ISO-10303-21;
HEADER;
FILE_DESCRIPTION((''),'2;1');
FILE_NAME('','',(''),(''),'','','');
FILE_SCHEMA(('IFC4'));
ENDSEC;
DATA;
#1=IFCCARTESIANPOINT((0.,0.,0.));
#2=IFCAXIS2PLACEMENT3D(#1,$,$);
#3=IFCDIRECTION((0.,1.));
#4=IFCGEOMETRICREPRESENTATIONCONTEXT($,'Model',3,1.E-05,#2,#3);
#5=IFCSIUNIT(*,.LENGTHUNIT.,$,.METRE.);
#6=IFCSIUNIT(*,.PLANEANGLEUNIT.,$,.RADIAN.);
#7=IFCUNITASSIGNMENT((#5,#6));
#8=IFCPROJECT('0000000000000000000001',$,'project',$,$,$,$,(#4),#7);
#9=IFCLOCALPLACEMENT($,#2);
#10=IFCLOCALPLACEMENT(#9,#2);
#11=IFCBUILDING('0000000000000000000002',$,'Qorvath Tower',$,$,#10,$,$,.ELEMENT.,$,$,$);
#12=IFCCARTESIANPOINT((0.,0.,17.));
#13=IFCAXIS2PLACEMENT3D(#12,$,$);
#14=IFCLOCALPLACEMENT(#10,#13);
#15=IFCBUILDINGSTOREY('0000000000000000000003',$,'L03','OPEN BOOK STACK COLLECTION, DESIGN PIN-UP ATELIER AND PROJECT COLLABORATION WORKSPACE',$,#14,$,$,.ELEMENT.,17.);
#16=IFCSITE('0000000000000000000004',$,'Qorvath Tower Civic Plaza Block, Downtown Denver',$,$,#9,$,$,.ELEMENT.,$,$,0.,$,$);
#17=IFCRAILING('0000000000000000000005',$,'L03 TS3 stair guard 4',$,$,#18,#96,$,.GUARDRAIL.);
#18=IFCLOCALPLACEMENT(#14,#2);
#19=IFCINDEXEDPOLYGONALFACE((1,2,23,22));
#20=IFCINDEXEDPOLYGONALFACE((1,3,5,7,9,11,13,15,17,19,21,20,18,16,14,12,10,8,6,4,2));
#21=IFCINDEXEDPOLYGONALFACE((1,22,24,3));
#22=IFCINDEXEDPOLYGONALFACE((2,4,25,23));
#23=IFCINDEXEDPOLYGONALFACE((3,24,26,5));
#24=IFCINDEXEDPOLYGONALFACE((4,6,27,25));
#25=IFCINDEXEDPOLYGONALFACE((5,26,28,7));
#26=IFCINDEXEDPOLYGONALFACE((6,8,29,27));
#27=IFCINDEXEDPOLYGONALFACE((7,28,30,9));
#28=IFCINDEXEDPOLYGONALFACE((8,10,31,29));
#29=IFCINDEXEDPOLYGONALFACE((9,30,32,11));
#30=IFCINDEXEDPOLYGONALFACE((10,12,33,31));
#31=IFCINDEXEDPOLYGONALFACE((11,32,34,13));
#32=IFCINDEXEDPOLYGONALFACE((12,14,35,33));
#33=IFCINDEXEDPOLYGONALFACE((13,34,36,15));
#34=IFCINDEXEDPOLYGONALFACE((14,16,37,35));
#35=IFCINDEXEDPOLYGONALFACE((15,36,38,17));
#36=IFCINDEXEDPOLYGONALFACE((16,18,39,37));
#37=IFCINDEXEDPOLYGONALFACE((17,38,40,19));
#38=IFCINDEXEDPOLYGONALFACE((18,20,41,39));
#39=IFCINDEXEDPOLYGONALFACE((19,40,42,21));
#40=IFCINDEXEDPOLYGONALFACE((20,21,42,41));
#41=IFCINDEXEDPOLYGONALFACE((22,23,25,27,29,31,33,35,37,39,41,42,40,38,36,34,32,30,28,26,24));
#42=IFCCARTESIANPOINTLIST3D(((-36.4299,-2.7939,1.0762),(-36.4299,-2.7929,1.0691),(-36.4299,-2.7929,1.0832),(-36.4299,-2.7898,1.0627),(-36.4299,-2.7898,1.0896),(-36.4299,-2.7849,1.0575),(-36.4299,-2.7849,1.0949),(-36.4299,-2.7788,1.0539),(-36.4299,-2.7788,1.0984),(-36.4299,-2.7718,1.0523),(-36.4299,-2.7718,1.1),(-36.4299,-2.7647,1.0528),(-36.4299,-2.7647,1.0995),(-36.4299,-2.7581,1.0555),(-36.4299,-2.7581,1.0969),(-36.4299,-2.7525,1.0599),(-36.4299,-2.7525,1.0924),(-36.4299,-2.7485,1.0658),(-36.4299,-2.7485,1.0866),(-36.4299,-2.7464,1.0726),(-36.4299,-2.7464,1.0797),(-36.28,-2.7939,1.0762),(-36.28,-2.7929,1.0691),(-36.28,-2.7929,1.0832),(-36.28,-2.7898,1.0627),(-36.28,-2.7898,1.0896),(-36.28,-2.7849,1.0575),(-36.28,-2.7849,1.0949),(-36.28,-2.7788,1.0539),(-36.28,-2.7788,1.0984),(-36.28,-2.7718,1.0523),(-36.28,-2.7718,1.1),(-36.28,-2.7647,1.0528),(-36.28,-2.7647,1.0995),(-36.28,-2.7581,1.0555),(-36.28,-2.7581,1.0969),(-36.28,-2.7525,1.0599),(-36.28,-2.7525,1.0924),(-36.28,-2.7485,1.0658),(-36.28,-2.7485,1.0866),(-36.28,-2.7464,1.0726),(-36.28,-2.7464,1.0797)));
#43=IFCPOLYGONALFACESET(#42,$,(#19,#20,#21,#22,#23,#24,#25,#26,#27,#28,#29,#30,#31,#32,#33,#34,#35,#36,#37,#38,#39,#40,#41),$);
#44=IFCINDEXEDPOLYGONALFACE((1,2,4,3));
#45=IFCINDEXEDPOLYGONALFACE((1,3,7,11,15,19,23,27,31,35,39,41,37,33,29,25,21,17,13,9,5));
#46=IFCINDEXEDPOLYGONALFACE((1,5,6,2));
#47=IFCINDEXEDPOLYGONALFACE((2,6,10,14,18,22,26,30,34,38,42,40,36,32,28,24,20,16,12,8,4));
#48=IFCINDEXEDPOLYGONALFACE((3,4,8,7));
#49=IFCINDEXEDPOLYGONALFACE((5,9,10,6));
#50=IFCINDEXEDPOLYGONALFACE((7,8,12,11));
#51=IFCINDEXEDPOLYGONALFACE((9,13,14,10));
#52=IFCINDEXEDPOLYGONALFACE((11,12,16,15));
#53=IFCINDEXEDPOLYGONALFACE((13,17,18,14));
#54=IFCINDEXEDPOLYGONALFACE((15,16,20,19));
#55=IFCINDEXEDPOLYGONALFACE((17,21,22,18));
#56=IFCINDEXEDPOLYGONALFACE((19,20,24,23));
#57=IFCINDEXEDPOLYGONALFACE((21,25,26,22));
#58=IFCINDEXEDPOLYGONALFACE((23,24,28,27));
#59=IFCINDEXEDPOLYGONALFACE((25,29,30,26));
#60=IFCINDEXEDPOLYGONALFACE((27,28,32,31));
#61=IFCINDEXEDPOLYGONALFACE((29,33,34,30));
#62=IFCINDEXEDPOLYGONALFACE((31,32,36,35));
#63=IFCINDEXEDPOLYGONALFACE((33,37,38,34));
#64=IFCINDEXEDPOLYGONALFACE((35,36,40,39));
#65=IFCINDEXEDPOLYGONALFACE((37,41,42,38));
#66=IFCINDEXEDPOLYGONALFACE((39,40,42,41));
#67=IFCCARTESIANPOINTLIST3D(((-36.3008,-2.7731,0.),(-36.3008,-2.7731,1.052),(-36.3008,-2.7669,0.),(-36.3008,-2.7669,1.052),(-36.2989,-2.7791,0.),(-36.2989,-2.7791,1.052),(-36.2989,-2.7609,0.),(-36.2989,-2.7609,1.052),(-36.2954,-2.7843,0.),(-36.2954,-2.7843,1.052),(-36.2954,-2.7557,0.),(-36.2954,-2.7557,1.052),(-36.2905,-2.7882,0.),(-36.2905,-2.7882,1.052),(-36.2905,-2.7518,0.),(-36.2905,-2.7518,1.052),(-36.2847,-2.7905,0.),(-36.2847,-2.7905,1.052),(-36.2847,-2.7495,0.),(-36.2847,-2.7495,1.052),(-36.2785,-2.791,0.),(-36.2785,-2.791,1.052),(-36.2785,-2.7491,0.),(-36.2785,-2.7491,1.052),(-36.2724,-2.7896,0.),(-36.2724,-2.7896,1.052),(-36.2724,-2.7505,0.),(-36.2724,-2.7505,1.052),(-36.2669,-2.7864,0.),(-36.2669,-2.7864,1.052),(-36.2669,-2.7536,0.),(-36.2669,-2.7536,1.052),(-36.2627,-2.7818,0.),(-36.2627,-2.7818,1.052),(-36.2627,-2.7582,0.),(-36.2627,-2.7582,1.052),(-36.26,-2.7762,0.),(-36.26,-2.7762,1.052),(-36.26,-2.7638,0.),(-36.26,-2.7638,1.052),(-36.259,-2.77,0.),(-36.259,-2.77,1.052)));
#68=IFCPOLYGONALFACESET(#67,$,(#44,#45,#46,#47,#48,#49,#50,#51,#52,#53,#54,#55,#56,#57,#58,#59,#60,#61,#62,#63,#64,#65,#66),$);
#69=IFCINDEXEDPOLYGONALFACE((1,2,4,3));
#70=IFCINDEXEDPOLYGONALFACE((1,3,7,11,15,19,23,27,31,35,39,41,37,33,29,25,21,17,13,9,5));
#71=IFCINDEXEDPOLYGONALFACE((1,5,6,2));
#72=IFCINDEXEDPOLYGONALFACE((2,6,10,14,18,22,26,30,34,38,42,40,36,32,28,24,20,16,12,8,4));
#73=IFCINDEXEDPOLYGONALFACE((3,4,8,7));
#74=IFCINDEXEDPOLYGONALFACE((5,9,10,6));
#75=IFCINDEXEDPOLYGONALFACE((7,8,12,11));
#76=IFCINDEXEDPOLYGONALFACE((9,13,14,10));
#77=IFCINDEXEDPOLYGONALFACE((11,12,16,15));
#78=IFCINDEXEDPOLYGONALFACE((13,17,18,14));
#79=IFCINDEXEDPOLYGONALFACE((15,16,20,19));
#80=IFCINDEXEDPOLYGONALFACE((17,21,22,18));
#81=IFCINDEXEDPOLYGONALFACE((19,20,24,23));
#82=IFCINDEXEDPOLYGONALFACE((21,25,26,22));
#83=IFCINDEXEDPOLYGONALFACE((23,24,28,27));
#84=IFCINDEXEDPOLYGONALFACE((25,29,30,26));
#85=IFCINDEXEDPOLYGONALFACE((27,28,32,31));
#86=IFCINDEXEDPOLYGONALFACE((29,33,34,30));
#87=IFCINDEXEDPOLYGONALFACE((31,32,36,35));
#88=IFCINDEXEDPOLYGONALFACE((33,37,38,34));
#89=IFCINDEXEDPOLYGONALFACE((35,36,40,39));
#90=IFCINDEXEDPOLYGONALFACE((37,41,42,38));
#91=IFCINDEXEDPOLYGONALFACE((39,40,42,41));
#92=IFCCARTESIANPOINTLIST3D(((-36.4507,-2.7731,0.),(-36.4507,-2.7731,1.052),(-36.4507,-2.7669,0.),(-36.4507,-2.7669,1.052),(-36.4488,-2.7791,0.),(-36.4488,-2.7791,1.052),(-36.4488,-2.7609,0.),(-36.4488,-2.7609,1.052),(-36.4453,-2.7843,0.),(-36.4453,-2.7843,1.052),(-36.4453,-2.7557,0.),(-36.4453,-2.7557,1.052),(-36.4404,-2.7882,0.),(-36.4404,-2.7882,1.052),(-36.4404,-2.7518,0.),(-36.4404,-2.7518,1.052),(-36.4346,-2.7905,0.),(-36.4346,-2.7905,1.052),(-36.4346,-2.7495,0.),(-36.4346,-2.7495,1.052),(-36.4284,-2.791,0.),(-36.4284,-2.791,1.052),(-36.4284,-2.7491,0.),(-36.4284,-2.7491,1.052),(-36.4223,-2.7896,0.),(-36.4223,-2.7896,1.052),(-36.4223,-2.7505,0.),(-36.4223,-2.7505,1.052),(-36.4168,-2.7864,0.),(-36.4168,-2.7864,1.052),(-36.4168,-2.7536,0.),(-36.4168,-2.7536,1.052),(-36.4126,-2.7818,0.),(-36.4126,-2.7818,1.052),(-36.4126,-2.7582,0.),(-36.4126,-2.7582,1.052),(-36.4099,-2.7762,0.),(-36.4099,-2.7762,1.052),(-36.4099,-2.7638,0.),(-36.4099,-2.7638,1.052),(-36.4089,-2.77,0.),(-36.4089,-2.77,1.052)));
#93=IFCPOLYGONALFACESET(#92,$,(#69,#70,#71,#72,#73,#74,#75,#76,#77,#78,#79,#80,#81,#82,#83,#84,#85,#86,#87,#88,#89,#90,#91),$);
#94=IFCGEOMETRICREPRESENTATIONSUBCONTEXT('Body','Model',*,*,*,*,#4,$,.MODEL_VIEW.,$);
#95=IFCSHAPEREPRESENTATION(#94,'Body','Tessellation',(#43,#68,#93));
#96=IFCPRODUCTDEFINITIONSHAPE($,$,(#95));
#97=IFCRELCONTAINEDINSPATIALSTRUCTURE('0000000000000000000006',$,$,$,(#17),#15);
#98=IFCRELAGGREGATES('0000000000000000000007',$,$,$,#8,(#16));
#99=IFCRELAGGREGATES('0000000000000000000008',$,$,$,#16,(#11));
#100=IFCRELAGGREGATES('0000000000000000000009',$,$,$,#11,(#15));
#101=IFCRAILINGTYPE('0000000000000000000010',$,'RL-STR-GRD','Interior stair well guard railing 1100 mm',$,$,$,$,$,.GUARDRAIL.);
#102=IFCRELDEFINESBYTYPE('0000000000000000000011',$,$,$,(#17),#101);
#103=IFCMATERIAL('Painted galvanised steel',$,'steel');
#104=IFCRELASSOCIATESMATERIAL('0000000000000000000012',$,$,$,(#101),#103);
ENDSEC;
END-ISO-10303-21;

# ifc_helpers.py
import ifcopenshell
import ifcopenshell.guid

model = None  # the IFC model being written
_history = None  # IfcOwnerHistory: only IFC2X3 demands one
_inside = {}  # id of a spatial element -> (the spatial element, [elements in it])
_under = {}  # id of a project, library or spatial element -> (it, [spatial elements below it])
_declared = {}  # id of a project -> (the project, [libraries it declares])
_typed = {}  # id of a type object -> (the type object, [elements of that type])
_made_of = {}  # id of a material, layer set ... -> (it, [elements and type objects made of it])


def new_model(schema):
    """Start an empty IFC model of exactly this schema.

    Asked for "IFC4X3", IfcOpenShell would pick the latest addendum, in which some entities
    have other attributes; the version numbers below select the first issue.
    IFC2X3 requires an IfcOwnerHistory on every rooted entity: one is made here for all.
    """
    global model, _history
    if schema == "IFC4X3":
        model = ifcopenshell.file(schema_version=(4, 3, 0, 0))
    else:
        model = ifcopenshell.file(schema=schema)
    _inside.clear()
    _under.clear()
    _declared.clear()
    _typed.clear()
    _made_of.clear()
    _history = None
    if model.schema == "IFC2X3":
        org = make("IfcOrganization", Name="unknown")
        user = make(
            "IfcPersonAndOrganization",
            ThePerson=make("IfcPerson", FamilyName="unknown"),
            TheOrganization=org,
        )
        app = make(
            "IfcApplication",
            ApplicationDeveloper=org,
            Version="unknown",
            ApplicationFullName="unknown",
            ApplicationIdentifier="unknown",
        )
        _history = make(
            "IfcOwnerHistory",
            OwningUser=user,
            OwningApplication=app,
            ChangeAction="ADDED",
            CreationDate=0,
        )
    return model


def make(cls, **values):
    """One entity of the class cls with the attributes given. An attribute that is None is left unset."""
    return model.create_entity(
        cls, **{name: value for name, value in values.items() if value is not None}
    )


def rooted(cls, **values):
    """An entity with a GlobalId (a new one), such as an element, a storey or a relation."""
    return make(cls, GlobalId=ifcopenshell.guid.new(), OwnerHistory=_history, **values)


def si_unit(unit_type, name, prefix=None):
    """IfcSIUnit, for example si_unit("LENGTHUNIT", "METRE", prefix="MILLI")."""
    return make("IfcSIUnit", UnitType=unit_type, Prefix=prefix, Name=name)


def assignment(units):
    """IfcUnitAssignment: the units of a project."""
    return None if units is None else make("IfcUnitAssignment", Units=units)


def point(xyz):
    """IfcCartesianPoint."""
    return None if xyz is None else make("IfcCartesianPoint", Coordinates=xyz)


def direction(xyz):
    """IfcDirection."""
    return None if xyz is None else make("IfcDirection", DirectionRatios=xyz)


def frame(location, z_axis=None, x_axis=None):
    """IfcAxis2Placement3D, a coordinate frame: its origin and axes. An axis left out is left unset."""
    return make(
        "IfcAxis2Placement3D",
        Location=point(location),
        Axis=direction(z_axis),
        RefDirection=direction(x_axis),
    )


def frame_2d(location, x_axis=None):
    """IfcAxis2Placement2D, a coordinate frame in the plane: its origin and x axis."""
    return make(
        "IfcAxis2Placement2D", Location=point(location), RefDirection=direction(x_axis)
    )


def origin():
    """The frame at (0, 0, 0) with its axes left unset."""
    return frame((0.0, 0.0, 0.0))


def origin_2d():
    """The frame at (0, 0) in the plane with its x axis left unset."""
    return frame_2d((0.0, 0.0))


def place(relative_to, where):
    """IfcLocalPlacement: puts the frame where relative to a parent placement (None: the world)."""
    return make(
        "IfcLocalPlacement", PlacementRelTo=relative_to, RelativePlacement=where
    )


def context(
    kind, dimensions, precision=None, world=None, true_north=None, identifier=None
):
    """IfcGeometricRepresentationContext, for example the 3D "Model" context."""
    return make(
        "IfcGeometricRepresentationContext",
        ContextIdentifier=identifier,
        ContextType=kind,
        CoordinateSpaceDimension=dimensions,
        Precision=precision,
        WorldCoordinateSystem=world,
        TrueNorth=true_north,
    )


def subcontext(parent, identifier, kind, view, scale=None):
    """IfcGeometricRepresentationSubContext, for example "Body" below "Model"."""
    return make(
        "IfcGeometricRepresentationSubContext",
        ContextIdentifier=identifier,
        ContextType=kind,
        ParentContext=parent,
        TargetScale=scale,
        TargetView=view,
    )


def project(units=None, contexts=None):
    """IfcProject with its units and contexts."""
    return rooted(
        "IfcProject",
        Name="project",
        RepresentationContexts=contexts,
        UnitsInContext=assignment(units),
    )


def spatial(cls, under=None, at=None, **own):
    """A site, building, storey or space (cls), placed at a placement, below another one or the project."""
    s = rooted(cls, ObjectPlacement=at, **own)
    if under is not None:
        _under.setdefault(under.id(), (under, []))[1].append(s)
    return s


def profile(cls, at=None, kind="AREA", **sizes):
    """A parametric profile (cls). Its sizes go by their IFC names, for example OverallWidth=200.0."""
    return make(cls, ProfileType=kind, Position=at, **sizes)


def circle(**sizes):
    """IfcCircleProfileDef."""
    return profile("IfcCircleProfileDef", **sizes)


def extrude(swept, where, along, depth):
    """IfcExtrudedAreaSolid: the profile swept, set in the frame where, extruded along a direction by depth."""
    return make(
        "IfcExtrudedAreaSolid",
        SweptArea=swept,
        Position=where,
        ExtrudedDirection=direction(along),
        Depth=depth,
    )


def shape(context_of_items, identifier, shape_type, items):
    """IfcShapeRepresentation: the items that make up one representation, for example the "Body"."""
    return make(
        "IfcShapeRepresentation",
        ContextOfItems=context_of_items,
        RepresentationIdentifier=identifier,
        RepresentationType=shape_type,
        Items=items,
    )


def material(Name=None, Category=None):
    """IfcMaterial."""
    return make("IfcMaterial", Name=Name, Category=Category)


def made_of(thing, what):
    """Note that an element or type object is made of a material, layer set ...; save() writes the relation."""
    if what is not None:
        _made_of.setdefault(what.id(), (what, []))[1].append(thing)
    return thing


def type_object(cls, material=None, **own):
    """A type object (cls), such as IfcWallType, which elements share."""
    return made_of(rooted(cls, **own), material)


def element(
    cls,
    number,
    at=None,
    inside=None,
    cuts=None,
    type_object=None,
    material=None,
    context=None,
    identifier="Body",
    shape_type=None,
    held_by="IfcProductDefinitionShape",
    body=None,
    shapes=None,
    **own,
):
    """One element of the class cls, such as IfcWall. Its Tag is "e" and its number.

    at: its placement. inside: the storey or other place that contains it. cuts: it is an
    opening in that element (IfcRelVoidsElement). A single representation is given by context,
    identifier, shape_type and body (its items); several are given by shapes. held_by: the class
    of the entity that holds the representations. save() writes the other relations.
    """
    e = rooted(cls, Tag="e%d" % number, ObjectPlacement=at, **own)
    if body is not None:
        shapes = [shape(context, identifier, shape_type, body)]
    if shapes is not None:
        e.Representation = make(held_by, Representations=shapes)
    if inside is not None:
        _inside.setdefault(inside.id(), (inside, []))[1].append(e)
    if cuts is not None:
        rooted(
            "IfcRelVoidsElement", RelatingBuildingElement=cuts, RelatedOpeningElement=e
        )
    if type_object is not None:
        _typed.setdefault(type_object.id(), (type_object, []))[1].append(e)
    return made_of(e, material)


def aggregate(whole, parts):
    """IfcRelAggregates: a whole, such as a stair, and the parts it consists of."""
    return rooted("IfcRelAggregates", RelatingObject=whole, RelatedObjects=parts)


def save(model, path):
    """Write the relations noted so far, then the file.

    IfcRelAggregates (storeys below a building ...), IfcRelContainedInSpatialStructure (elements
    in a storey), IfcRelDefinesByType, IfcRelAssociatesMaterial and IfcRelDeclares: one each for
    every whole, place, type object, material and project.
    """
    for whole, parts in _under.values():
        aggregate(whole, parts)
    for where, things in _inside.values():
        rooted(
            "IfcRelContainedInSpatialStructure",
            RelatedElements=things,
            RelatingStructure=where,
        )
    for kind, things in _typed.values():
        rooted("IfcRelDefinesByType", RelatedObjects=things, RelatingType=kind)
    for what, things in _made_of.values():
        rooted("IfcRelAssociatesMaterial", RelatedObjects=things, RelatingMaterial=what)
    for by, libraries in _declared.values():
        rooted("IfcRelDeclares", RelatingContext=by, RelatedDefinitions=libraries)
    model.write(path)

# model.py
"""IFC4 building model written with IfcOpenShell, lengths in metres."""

from ifc_helpers import new_model, si_unit, direction, frame, origin, origin_2d, place, context, subcontext, project, spatial, circle, extrude, material, type_object, element, save


model = new_model("IFC4")

# Units and contexts
model_context = context("Model", 3, precision=1e-05, world=origin(), true_north=direction((0.0, 1.0)))
body_context = subcontext(model_context, "Body", "Model", "MODEL_VIEW")
ifc_project = project(units=[si_unit("LENGTHUNIT", "METRE"), si_unit("PLANEANGLEUNIT", "RADIAN")], contexts=[model_context])

# Site, building, storey
site_placement = place(None, origin())
site = spatial("IfcSite", under=ifc_project, at=site_placement, Name="Qorvath Tower Civic Plaza Block, Downtown Denver", CompositionType="ELEMENT", RefElevation=0.0)
building_placement = place(site_placement, origin())
building = spatial("IfcBuilding", under=site, at=building_placement, Name="Qorvath Tower", CompositionType="ELEMENT")
storey_placement = place(building_placement, frame((0.0, 0.0, 17.0)))
storey = spatial("IfcBuildingStorey", under=building, at=storey_placement, Name="L03", Description="OPEN BOOK STACK COLLECTION, DESIGN PIN-UP ATELIER AND PROJECT COLLABORATION WORKSPACE", CompositionType="ELEMENT", Elevation=17.0)

# Railing
ifc_material_1 = material(Name="Painted galvanised steel", Category="steel")
railing_type_1 = type_object("IfcRailingType", Name="RL-STR-GRD", Description="Interior stair well guard railing 1100 mm", PredefinedType="GUARDRAIL", material=ifc_material_1)
railing_1_placement = place(storey_placement, frame((-36.28, -2.77, 0.0)))
element("IfcRailing", 1, at=railing_1_placement, inside=storey, type_object=railing_type_1, Name="L03 TS3 stair guard 4", PredefinedType="GUARDRAIL", context=body_context, shape_type="SweptSolid", body=[
    extrude(circle(Radius=0.0239, at=origin_2d()), frame((0.0, 0.0, 1.0762), z_axis=(-1.0, 0.0, 0.0), x_axis=(0.0, -1.0, 0.0)), (0.0, 0.0, 1.0), 0.1499),
    extrude(circle(Radius=0.021, at=origin_2d()), origin(), (0.0, 0.0, 1.0), 1.052),
    extrude(circle(Radius=0.021, at=origin_2d()), frame((-0.1499, 0.0, 0.0)), (0.0, 0.0, 1.0), 1.052),
])

save(model, "model.ifc")
